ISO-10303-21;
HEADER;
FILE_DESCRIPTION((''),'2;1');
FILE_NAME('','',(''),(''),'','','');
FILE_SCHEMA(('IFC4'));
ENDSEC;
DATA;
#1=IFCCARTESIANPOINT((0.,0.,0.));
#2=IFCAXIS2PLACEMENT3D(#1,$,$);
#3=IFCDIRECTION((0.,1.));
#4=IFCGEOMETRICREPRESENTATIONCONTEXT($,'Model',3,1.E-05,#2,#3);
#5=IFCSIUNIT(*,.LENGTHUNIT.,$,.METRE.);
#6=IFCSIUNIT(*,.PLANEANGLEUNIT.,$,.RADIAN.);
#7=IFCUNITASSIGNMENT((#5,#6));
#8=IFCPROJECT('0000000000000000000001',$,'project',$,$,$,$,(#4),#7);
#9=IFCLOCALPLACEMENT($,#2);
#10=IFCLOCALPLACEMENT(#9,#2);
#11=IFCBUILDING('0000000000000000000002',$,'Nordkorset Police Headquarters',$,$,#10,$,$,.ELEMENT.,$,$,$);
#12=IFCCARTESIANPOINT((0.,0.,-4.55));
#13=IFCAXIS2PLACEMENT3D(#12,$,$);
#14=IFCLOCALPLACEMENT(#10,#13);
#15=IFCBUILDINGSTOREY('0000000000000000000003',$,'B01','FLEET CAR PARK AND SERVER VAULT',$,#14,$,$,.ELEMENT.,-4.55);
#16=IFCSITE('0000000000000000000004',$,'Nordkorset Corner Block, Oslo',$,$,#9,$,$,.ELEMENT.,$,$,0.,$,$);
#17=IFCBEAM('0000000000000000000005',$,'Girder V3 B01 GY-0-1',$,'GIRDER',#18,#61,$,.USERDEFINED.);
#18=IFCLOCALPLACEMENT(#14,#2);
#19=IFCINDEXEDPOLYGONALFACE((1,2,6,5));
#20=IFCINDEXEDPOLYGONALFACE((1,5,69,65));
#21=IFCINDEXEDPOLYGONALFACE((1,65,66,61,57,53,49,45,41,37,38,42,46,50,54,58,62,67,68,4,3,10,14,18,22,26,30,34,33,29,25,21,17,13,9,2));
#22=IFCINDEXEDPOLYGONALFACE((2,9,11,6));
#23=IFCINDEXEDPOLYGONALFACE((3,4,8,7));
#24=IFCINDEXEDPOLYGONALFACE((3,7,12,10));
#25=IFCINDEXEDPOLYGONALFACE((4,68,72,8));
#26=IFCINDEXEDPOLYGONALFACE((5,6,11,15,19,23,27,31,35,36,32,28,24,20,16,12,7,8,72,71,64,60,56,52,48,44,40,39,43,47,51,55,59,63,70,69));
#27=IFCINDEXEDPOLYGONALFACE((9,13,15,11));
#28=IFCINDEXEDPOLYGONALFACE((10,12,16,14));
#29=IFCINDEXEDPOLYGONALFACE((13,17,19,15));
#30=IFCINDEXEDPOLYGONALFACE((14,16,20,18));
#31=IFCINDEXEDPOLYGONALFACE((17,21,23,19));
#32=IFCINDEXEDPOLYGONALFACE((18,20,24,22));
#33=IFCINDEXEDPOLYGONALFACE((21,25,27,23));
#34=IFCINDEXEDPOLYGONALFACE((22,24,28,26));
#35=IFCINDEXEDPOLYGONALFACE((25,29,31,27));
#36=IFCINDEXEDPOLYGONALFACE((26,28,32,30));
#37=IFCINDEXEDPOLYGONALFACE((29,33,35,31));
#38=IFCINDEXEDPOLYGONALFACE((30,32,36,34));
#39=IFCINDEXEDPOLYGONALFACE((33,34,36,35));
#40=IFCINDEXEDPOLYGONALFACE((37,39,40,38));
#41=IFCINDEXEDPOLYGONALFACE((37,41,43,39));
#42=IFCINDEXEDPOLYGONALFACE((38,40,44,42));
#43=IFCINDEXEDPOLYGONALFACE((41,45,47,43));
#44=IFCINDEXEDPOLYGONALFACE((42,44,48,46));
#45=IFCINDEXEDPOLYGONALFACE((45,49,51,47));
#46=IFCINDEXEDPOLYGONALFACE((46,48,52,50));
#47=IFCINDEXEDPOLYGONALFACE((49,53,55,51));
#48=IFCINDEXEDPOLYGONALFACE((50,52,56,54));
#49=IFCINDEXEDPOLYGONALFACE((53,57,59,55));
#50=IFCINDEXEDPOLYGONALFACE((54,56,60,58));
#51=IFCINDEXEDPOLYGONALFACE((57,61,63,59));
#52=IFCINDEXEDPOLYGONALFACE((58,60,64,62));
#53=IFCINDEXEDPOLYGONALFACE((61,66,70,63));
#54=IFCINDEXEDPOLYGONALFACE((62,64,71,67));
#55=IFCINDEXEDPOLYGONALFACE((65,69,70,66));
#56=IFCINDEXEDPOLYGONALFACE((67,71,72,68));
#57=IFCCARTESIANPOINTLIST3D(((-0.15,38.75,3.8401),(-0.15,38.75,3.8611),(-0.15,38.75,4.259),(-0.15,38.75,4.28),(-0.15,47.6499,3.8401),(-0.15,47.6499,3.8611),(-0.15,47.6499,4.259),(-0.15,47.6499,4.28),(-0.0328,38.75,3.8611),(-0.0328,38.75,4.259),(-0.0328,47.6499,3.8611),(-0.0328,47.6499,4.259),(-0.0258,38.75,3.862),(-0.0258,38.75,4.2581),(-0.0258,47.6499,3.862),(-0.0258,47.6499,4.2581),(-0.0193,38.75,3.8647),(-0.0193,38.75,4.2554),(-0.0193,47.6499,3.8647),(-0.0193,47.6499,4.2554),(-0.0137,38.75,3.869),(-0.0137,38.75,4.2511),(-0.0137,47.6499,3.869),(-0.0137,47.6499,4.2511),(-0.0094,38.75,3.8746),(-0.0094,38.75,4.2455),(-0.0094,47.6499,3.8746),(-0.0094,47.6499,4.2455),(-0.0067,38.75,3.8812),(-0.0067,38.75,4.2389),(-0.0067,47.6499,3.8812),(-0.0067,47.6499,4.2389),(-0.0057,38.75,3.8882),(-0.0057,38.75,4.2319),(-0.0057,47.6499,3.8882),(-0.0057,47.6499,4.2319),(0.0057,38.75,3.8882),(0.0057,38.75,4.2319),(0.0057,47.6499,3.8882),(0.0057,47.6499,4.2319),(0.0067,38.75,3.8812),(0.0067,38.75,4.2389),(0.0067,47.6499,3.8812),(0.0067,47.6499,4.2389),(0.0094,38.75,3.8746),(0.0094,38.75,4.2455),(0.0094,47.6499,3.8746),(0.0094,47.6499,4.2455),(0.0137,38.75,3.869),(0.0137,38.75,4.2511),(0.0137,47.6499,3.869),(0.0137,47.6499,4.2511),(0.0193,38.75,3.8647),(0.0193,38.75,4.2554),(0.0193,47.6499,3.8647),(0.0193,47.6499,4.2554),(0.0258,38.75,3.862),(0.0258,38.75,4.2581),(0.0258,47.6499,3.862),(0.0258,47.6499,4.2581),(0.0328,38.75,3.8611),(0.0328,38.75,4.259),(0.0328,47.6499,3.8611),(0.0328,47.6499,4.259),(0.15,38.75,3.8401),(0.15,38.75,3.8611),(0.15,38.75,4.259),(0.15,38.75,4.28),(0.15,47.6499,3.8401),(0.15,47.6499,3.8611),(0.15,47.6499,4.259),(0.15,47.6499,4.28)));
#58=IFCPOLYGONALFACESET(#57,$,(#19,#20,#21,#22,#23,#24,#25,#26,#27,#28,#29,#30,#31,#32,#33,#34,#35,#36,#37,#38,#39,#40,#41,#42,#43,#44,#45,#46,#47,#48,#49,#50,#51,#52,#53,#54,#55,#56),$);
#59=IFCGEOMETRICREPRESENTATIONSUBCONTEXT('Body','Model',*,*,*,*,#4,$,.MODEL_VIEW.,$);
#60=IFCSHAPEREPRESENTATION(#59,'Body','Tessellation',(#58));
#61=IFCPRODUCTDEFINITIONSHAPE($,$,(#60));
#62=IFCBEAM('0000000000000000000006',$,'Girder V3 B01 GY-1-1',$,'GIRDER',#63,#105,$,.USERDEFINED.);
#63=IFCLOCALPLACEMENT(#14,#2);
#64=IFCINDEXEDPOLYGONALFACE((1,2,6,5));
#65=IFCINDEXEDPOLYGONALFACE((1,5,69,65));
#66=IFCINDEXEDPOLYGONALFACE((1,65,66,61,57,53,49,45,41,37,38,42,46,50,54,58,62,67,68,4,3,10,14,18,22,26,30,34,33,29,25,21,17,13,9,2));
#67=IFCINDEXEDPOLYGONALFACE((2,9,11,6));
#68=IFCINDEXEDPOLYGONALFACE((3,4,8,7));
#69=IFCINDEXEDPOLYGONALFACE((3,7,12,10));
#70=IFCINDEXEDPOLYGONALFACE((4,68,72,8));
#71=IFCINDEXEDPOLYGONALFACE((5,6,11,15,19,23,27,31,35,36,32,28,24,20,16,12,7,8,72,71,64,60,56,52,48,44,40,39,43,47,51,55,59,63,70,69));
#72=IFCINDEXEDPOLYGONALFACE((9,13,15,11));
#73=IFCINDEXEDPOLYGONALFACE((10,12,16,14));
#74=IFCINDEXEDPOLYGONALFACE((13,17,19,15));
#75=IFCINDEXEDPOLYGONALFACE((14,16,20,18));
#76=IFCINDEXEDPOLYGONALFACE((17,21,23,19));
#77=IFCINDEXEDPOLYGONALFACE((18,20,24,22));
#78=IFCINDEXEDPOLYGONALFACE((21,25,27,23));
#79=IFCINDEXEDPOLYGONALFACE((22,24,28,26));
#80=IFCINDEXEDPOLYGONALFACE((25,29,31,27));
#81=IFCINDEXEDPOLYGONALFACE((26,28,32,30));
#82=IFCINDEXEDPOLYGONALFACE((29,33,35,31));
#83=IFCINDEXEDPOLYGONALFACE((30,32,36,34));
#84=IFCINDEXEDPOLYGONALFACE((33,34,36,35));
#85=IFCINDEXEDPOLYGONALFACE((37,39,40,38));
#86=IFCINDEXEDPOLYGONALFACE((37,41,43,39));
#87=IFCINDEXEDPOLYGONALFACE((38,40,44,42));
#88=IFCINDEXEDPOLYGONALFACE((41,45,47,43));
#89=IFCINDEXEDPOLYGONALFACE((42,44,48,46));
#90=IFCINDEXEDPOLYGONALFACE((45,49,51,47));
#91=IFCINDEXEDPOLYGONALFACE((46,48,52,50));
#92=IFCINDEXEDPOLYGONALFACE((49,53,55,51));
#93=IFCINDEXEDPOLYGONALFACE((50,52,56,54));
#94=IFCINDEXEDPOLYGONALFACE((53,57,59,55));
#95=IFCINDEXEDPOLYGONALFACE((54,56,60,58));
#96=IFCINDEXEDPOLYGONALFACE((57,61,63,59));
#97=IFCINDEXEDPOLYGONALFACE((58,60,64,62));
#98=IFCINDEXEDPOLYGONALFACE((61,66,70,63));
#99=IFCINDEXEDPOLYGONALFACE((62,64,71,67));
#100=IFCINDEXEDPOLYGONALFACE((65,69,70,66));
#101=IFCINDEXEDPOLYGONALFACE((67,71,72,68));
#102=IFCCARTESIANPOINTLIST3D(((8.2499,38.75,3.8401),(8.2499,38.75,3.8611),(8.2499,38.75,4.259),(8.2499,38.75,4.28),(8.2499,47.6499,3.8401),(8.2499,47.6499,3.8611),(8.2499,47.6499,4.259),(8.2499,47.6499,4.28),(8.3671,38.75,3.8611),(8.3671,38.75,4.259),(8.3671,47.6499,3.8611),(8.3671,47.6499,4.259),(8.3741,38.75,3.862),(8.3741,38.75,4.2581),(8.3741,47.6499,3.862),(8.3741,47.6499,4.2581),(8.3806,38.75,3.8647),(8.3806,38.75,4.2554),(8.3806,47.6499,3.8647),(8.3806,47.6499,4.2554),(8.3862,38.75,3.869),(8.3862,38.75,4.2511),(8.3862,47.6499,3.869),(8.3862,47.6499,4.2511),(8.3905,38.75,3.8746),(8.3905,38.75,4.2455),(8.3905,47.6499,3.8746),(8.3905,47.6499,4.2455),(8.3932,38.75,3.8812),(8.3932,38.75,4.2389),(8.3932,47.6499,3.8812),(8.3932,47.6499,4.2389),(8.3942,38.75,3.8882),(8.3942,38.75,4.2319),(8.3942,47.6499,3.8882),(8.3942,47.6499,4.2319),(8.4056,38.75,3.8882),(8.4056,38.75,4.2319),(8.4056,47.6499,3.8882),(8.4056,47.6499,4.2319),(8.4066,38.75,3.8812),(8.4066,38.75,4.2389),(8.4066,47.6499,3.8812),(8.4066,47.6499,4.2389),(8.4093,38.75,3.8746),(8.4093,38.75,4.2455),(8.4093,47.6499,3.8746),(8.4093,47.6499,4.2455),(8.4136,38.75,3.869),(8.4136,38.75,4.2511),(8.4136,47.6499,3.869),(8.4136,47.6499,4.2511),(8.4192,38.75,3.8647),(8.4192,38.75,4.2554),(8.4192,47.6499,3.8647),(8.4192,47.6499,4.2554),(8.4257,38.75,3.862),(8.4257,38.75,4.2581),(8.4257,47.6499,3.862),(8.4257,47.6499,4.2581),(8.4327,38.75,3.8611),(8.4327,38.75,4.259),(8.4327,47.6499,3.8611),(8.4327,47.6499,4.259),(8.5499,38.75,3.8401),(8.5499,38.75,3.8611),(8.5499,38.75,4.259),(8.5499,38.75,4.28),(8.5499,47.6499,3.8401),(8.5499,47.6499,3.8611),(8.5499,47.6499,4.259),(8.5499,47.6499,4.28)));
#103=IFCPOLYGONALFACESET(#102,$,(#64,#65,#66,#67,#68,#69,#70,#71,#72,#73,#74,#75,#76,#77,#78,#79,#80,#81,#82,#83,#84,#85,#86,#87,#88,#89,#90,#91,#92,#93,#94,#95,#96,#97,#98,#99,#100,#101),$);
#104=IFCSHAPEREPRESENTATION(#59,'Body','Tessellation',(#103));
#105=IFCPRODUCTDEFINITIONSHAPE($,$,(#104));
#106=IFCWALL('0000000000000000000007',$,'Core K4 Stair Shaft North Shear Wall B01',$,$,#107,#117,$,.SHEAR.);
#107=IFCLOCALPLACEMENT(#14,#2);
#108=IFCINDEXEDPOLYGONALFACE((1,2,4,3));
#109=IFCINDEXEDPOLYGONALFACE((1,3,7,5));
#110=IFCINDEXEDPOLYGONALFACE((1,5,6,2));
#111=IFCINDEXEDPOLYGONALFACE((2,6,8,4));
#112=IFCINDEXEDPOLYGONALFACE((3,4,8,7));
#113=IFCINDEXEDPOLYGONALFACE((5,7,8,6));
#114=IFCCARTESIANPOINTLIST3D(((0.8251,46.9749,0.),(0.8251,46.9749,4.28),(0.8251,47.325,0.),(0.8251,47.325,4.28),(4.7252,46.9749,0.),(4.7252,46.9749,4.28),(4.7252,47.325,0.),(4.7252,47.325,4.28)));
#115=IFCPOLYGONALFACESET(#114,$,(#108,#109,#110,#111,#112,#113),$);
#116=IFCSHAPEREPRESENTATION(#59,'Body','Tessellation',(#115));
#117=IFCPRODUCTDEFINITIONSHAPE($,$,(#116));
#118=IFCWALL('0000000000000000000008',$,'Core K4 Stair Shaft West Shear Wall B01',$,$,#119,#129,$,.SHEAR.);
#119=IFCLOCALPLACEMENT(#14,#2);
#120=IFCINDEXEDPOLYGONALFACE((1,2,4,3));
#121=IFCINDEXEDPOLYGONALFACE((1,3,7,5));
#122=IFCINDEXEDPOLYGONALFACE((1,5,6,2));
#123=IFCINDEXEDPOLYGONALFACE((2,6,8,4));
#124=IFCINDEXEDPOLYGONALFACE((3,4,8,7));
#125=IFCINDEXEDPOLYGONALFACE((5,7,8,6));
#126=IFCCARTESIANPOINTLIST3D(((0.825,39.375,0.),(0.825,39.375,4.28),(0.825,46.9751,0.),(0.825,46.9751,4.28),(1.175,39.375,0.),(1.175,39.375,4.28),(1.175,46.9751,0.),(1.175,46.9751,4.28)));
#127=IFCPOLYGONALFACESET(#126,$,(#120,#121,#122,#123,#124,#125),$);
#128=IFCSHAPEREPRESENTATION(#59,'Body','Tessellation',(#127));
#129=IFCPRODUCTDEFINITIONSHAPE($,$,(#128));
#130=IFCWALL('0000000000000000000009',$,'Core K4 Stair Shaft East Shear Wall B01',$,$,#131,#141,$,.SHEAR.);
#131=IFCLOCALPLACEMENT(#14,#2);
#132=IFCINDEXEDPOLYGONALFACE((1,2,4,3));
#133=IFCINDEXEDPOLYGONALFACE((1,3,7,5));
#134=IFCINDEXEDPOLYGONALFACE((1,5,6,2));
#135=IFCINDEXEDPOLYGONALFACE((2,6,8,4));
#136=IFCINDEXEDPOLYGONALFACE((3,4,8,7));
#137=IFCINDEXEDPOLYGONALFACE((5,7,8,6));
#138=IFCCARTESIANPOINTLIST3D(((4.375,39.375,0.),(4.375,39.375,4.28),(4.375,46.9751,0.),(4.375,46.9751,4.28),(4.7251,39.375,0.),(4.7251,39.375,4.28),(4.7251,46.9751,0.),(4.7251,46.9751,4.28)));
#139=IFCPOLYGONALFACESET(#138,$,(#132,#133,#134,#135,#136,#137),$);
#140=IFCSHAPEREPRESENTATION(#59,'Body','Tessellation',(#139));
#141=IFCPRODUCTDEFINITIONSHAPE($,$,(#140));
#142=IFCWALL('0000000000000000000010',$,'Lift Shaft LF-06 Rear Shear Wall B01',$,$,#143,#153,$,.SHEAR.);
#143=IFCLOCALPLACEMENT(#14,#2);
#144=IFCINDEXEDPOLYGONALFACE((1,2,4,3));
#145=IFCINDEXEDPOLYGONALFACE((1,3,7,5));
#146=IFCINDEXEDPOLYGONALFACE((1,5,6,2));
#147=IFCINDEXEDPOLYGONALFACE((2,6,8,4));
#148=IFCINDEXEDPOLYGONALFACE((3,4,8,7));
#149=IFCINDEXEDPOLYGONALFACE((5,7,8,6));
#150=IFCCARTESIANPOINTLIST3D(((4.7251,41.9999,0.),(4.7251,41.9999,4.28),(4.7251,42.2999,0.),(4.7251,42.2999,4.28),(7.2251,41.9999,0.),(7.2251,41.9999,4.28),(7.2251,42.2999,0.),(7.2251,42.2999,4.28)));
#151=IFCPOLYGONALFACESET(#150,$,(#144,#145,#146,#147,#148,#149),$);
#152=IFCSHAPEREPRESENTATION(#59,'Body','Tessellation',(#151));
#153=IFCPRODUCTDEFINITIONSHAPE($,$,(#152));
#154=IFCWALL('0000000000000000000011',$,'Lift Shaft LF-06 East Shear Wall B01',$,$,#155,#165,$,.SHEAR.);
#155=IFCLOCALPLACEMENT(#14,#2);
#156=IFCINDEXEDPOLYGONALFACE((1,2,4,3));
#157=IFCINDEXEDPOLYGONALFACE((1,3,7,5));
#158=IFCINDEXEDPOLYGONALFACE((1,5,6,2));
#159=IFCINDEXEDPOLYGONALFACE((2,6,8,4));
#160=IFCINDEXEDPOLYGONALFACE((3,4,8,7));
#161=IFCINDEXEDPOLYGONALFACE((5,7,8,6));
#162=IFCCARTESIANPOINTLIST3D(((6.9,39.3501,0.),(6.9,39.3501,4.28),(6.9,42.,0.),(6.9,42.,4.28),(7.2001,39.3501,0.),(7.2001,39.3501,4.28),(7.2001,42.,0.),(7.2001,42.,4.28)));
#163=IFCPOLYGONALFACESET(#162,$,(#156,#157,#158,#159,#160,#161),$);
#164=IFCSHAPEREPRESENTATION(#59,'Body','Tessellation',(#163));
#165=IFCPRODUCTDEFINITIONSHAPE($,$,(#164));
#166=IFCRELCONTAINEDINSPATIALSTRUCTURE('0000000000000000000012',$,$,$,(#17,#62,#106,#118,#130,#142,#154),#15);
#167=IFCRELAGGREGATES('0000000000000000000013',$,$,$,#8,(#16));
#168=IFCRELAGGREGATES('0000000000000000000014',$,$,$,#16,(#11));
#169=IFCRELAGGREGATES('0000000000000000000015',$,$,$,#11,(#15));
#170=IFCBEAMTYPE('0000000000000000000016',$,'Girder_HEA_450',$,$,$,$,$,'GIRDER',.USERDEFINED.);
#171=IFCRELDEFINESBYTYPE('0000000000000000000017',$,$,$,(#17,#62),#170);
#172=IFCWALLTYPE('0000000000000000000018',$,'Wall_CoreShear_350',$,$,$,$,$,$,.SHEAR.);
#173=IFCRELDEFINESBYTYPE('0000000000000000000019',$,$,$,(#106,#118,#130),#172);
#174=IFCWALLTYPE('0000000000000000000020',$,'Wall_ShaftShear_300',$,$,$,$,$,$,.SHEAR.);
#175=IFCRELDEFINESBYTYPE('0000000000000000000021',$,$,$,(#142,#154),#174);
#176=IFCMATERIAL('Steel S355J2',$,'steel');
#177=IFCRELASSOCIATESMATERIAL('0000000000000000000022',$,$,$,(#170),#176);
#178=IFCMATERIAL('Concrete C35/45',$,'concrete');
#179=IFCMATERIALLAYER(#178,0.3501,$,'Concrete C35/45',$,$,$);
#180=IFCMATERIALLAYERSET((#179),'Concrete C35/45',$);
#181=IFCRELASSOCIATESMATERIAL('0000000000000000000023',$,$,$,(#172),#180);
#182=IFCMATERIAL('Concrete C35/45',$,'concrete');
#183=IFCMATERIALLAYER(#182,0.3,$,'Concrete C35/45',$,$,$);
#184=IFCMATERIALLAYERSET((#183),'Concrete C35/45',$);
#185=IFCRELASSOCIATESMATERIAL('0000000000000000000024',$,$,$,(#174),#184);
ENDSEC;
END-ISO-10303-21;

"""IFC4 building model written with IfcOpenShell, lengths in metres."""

from ifc_helpers import new_model, si_unit, direction, frame, frame_2d, origin, origin_2d, place, context, subcontext, project, spatial, rectangle, i_section, extrude, material, layer, layer_set, material_profile, profile_set, type_object, element, save


model = new_model("IFC4")

# Units and contexts
model_context = context("Model", 3, precision=1e-05, world=origin(), true_north=direction((0.0, 1.0)))
body_context = subcontext(model_context, "Body", "Model", "MODEL_VIEW")
ifc_project = project(units=[si_unit("LENGTHUNIT", "METRE"), si_unit("PLANEANGLEUNIT", "RADIAN")], contexts=[model_context])

# Site, building, storey
site_placement = place(None, origin())
site = spatial("IfcSite", under=ifc_project, at=site_placement, Name="Nordkorset Corner Block, Oslo", CompositionType="ELEMENT", RefElevation=0.0)
building_placement = place(site_placement, origin())
building = spatial("IfcBuilding", under=site, at=building_placement, Name="Nordkorset Police Headquarters", CompositionType="ELEMENT")
storey_placement = place(building_placement, frame((0.0, 0.0, -4.55)))
storey = spatial("IfcBuildingStorey", under=building, at=storey_placement, Name="B01", Description="FLEET CAR PARK AND SERVER VAULT", CompositionType="ELEMENT", Elevation=-4.55)

# Beams
ifc_material_1 = material(Name="Steel S355J2", Category="steel")
ifc_material_profile_1 = material_profile(ifc_material_1, i_section(OverallWidth=0.3, OverallDepth=0.4399, WebThickness=0.0115, FlangeThickness=0.021, FilletRadius=0.0271, at=origin_2d()), Name="HEA 450")
ifc_profile_set_1 = profile_set([ifc_material_profile_1], Name="Steel S355J2")
beam_type_1 = type_object("IfcBeamType", Name="Girder_HEA_450", ElementType="GIRDER", PredefinedType="USERDEFINED", material=ifc_profile_set_1)
for number, where, z_axis, x_axis, name in (
    (1, (0.0, 38.75, 4.0601), (0.0, 1.0, 0.0), (-1.0, 0.0, 0.0), "Girder V3 B01 GY-0-1"),
    (2, (8.3999, 38.75, 4.0601), (0.0, 1.0, 0.0), (-1.0, 0.0, 0.0), "Girder V3 B01 GY-1-1"),
):
    element("IfcBeam", number, at=place(storey_placement, frame(where, z_axis=z_axis, x_axis=x_axis)), inside=storey, type_object=beam_type_1, Name=name, ObjectType="GIRDER", PredefinedType="USERDEFINED", context=body_context, shape_type="SweptSolid", body=[
        extrude(i_section(OverallWidth=0.3, OverallDepth=0.4399, WebThickness=0.0115, FlangeThickness=0.021, FilletRadius=0.0271, at=origin_2d()), origin(), (0.0, 0.0, 1.0), 8.8999),
    ])

# Shared definitions
ifc_material_2 = material(Name="Concrete C35/45", Category="concrete")
ifc_layer_1 = layer(ifc_material_2, 0.3501, Name="Concrete C35/45")
ifc_layer_set_1 = layer_set([ifc_layer_1], Name="Concrete C35/45")
wall_type_1 = type_object("IfcWallType", Name="Wall_CoreShear_350", PredefinedType="SHEAR", material=ifc_layer_set_1)

# Walls
wall_1_placement = place(storey_placement, frame((0.825, 47.1499, 0.0), z_axis=(0.0, 0.0, 1.0), x_axis=(1.0, 0.0, 0.0)))
element("IfcWall", 3, at=wall_1_placement, inside=storey, type_object=wall_type_1, Name="Core K4 Stair Shaft North Shear Wall B01", PredefinedType="SHEAR", context=body_context, shape_type="SweptSolid", body=[
    extrude(rectangle(XDim=3.9001, YDim=0.3501, at=frame_2d((1.9502, 0.0))), origin(), (0.0, 0.0, 1.0), 4.28),
])
for number, where, z_axis, x_axis, name in (
    (4, (1.0, 39.375, 0.0), (0.0, 0.0, 1.0), (0.0, 1.0, 0.0), "Core K4 Stair Shaft West Shear Wall B01"),
    (5, (4.55, 39.375, 0.0), (0.0, 0.0, 1.0), (0.0, 1.0, 0.0), "Core K4 Stair Shaft East Shear Wall B01"),
):
    element("IfcWall", number, at=place(storey_placement, frame(where, z_axis=z_axis, x_axis=x_axis)), inside=storey, type_object=wall_type_1, Name=name, PredefinedType="SHEAR", context=body_context, shape_type="SweptSolid", body=[
        extrude(rectangle(XDim=7.6001, YDim=0.3501, at=frame_2d((3.8, 0.0))), origin(), (0.0, 0.0, 1.0), 4.28),
    ])

# Shared definitions
ifc_material_3 = material(Name="Concrete C35/45", Category="concrete")
ifc_layer_2 = layer(ifc_material_3, 0.3, Name="Concrete C35/45")
ifc_layer_set_2 = layer_set([ifc_layer_2], Name="Concrete C35/45")
wall_type_2 = type_object("IfcWallType", Name="Wall_ShaftShear_300", PredefinedType="SHEAR", material=ifc_layer_set_2)

# Walls
wall_2_placement = place(storey_placement, frame((4.7251, 42.1499, 0.0), z_axis=(0.0, 0.0, 1.0), x_axis=(1.0, 0.0, 0.0)))
element("IfcWall", 6, at=wall_2_placement, inside=storey, type_object=wall_type_2, Name="Lift Shaft LF-06 Rear Shear Wall B01", PredefinedType="SHEAR", context=body_context, shape_type="SweptSolid", body=[
    extrude(rectangle(XDim=2.5, YDim=0.3, at=frame_2d((1.25, 0.0))), origin(), (0.0, 0.0, 1.0), 4.28),
])
wall_3_placement = place(storey_placement, frame((7.05, 39.3501, 0.0), z_axis=(0.0, 0.0, 1.0), x_axis=(0.0, 1.0, 0.0)))
element("IfcWall", 7, at=wall_3_placement, inside=storey, type_object=wall_type_2, Name="Lift Shaft LF-06 East Shear Wall B01", PredefinedType="SHEAR", context=body_context, shape_type="SweptSolid", body=[
    extrude(rectangle(XDim=2.6499, YDim=0.3, at=frame_2d((1.325, 0.0))), origin(), (0.0, 0.0, 1.0), 4.28),
])

save(model, "model.ifc")
